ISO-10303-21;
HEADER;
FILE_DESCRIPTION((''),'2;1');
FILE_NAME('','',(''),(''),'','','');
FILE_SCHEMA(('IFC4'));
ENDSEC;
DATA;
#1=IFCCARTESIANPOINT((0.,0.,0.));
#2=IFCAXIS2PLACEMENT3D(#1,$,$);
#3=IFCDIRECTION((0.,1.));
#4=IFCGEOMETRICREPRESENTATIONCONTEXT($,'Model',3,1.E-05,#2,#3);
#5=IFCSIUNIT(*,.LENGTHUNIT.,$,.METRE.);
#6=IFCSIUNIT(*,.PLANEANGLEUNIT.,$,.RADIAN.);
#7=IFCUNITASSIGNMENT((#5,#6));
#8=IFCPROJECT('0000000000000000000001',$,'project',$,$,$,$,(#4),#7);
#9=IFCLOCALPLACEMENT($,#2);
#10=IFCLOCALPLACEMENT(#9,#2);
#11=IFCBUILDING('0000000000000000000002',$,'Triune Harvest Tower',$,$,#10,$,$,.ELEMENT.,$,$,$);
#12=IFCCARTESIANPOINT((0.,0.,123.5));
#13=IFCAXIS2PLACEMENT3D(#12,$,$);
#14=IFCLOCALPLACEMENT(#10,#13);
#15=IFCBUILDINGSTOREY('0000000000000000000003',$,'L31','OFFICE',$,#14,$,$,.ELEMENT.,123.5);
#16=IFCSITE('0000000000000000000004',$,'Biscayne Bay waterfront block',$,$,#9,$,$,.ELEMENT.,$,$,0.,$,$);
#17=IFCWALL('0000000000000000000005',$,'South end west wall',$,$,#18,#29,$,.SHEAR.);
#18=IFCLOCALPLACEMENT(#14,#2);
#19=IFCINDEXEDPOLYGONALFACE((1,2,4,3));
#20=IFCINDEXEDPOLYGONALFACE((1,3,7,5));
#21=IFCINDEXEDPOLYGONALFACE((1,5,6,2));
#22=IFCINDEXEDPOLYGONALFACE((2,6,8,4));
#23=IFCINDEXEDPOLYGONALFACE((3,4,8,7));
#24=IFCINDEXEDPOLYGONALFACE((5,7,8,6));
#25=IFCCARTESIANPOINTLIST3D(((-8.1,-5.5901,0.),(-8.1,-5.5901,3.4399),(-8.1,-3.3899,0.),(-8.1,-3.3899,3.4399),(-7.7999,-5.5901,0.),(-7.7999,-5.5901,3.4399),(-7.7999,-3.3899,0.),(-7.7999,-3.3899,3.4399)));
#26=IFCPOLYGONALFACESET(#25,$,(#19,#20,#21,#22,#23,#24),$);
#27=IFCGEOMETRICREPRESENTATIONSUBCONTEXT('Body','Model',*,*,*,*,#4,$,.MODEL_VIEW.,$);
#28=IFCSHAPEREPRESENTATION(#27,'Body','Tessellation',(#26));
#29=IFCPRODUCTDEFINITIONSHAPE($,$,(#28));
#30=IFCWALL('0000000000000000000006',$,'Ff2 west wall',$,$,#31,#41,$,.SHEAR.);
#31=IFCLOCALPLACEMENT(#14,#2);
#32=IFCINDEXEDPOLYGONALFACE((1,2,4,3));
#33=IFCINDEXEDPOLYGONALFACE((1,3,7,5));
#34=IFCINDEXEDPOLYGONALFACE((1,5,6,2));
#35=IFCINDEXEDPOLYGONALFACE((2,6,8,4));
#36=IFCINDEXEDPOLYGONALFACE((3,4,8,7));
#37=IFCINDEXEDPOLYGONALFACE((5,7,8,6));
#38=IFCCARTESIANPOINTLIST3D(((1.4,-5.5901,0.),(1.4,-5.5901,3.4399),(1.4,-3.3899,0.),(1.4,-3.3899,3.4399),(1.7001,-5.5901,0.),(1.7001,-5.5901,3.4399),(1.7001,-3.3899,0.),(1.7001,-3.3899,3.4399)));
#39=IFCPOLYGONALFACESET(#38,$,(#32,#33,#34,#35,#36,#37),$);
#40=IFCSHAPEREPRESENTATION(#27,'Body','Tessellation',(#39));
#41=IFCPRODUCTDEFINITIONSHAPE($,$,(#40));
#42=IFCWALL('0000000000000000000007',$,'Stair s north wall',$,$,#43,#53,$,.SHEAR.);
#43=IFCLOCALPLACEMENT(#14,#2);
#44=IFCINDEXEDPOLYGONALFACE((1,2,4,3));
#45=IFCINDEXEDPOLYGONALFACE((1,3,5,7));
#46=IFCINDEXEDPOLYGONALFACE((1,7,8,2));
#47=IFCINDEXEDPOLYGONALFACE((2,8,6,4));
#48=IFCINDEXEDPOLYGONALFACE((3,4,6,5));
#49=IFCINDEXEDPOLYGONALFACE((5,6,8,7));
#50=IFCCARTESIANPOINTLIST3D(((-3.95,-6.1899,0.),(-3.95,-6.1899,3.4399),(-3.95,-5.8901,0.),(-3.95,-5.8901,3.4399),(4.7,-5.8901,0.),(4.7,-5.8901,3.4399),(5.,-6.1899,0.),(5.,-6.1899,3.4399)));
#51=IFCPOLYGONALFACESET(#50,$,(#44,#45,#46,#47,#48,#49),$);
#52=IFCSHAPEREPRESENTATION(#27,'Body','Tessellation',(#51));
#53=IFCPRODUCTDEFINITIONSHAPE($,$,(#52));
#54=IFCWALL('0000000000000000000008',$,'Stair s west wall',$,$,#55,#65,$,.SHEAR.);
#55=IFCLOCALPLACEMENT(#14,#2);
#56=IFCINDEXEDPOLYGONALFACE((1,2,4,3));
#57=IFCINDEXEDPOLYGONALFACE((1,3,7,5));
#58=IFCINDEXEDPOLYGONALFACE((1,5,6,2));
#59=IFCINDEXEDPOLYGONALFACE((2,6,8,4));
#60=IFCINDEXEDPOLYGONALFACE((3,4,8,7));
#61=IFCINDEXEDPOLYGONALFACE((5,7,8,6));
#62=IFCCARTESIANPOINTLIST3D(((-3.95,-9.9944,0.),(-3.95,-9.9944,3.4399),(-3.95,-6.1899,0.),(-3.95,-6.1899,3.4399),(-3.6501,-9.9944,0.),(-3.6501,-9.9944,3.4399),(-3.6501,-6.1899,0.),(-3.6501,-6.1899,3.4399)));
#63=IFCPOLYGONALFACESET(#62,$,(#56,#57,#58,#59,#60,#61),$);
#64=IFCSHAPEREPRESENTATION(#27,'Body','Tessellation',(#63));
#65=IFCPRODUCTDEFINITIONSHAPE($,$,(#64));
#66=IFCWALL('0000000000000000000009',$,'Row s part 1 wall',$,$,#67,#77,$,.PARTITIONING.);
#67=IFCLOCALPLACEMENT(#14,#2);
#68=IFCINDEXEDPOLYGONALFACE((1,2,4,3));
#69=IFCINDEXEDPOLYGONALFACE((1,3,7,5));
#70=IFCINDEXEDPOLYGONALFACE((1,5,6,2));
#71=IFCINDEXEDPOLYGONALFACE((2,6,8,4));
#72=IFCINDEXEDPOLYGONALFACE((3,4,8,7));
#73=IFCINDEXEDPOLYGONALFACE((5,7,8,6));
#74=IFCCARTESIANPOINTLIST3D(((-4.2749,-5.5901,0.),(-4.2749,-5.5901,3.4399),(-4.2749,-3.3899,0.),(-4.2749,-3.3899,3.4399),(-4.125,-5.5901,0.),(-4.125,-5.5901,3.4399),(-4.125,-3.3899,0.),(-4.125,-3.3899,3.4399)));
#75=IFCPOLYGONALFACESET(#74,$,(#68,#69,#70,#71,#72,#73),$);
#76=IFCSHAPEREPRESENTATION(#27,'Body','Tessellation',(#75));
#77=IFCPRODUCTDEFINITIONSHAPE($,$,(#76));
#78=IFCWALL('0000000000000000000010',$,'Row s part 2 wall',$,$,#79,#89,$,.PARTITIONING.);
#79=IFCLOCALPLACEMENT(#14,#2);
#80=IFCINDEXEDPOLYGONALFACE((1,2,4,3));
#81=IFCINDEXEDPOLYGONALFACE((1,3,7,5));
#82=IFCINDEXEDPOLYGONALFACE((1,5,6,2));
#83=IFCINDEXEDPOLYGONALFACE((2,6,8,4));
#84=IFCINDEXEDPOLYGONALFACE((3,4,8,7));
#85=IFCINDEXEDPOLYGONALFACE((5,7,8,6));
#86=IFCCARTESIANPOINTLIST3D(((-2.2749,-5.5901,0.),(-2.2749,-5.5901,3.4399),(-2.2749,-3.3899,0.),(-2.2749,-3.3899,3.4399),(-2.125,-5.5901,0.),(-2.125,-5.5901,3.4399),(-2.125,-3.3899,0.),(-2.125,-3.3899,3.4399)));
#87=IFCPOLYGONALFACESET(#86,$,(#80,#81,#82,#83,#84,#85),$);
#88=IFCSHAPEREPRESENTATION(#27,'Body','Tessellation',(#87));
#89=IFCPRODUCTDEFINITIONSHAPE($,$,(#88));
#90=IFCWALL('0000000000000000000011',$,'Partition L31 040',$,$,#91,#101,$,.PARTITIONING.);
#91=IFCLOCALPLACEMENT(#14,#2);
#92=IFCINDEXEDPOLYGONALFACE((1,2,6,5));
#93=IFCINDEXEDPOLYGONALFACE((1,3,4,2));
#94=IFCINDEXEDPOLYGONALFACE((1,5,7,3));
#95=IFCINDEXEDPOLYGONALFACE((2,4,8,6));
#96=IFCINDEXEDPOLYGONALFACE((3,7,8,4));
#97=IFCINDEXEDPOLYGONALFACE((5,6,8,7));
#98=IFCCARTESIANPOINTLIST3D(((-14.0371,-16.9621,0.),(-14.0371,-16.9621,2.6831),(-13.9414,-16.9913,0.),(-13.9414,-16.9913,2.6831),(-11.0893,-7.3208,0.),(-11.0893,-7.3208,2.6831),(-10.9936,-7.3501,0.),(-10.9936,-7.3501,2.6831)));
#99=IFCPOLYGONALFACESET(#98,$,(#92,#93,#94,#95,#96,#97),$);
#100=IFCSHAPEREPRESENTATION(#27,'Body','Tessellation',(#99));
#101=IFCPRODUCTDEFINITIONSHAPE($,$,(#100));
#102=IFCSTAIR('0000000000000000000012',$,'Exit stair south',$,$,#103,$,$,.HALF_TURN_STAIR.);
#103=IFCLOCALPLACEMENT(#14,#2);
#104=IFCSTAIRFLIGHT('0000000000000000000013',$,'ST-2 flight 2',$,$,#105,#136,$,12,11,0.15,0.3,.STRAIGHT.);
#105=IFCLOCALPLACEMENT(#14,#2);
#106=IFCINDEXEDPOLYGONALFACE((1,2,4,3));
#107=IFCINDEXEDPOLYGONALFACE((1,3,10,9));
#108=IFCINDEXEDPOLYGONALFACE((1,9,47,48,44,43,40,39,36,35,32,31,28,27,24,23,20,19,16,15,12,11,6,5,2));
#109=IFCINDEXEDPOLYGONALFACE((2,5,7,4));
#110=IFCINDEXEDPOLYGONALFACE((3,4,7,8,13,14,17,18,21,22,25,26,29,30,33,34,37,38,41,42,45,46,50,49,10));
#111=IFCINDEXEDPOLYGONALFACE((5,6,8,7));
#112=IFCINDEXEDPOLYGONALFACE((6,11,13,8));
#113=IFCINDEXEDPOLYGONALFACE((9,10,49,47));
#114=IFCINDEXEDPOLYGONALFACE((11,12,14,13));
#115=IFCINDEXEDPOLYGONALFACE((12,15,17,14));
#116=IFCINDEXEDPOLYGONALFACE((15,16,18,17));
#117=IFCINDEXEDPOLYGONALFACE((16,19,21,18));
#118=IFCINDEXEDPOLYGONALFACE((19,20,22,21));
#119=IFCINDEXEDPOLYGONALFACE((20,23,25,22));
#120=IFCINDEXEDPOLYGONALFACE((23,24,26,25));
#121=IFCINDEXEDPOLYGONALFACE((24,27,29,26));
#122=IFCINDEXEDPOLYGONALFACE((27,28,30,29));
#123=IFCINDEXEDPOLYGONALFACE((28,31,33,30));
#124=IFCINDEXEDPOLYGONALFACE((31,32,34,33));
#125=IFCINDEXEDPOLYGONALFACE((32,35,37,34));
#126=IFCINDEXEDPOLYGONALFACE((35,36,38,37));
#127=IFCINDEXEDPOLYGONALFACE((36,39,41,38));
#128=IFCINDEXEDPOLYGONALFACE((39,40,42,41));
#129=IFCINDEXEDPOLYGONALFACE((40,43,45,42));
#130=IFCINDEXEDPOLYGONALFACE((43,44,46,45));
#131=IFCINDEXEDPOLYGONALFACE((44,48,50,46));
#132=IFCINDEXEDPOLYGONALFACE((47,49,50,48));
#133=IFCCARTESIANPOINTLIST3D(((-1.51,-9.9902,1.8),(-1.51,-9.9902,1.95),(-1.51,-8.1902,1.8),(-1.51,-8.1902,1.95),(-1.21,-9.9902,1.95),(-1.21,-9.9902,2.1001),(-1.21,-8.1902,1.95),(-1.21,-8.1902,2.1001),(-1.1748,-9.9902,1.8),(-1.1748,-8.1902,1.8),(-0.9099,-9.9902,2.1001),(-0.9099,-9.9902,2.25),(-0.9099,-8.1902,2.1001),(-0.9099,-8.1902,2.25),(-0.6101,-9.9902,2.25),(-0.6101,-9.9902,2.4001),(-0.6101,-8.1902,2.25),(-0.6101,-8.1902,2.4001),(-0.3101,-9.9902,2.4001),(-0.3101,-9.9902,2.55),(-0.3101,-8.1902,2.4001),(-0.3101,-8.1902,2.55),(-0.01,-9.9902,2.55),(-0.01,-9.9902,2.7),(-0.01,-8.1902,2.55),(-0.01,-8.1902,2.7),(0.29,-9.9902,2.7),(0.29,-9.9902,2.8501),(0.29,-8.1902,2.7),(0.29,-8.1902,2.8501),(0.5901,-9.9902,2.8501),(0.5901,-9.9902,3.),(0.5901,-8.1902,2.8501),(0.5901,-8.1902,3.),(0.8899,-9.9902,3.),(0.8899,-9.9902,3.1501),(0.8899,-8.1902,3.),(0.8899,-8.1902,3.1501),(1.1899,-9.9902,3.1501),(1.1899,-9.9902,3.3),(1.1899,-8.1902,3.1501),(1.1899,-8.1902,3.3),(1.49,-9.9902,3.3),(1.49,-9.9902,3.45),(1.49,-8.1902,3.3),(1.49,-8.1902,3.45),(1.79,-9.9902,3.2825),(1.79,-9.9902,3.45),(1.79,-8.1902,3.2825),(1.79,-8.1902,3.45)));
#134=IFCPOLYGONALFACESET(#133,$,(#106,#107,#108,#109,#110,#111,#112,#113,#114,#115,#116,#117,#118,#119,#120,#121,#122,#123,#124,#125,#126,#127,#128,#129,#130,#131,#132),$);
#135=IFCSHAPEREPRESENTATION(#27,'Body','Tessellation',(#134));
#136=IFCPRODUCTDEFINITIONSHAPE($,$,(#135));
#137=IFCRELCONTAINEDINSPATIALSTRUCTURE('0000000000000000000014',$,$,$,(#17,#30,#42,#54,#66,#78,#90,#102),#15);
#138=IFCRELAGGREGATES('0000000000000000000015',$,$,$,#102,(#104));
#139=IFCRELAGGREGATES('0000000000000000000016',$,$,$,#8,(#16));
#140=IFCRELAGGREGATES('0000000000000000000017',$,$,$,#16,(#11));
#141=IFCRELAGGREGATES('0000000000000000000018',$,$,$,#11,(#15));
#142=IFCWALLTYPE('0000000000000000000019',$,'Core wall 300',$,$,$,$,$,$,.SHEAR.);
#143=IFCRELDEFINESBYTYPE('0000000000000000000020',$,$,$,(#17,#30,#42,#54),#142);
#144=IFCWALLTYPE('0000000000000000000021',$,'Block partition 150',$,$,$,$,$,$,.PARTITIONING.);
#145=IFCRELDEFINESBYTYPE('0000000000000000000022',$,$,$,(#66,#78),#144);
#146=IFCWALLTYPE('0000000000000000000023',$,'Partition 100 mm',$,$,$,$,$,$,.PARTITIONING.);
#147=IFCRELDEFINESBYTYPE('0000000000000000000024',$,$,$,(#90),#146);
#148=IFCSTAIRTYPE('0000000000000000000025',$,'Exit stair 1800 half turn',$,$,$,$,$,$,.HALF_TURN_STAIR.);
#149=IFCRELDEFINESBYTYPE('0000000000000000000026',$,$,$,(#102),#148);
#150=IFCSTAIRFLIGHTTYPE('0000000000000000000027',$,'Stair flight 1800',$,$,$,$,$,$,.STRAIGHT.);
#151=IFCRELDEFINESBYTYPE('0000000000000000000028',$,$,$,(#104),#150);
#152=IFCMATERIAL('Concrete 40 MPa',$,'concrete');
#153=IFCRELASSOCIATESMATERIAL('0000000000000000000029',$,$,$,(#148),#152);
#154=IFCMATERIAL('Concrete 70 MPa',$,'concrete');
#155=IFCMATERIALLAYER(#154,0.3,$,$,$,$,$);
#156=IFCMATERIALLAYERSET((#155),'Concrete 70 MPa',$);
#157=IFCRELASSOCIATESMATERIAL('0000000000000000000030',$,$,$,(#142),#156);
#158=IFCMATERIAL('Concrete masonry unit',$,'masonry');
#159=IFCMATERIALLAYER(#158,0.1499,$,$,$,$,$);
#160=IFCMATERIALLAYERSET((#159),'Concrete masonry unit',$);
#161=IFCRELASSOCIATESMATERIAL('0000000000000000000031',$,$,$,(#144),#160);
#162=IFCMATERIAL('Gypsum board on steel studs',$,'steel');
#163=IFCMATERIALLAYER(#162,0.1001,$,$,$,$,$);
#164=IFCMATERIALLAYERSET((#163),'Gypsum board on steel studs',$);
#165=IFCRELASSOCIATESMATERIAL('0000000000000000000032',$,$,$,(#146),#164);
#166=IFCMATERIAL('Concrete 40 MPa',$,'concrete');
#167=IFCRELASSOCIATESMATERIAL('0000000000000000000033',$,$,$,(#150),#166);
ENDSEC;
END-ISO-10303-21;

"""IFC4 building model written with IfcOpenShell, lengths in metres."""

from ifc_helpers import new_model, si_unit, direction, frame, frame_2d, origin, place, context, subcontext, project, spatial, polyline, rectangle, outline, extrude, source, transform, mapped, material, layer, layer_set, type_object, element, aggregate, save


model = new_model("IFC4")

# Units and contexts
model_context = context("Model", 3, precision=1e-05, world=origin(), true_north=direction((0.0, 1.0)))
body_context = subcontext(model_context, "Body", "Model", "MODEL_VIEW")
ifc_project = project(units=[si_unit("LENGTHUNIT", "METRE"), si_unit("PLANEANGLEUNIT", "RADIAN")], contexts=[model_context])

# Site, building, storey
site_placement = place(None, origin())
site = spatial("IfcSite", under=ifc_project, at=site_placement, Name="Biscayne Bay waterfront block", CompositionType="ELEMENT", RefElevation=0.0)
building_placement = place(site_placement, origin())
building = spatial("IfcBuilding", under=site, at=building_placement, Name="Triune Harvest Tower", CompositionType="ELEMENT")
storey_placement = place(building_placement, frame((0.0, 0.0, 123.5)))
storey = spatial("IfcBuildingStorey", under=building, at=storey_placement, Name="L31", Description="OFFICE", CompositionType="ELEMENT", Elevation=123.5)

# Shared definitions
ifc_material_1 = material(Name="Concrete 40 MPa", Category="concrete")
stair_type = type_object("IfcStairType", Name="Exit stair 1800 half turn", PredefinedType="HALF_TURN_STAIR", material=ifc_material_1)

# Shared definitions
ifc_material_2 = material(Name="Concrete 70 MPa", Category="concrete")
ifc_layer_1 = layer(ifc_material_2, 0.3)
ifc_layer_set_1 = layer_set([ifc_layer_1], Name="Concrete 70 MPa")
wall_type_1 = type_object("IfcWallType", Name="Core wall 300", PredefinedType="SHEAR", material=ifc_layer_set_1)

# Walls
shared_shape_1 = source(origin(), body_context, "Body", "SweptSolid", [
    extrude(rectangle(XDim=2.2002, YDim=0.3, at=frame_2d((1.1001, 0.0))), origin(), (0.0, 0.0, 1.0), 3.4399),
])
for number, where, z_axis, x_axis, name in (
    (1, (-7.95, -5.5901, 0.0), (0.0, 0.0, 1.0), (0.0, 1.0, 0.0), "South end west wall"),
    (2, (1.55, -5.5901, 0.0), (0.0, 0.0, 1.0), (0.0, 1.0, 0.0), "Ff2 west wall"),
):
    element("IfcWall", number, at=place(storey_placement, frame(where, z_axis=z_axis, x_axis=x_axis)), inside=storey, type_object=wall_type_1, Name=name, PredefinedType="SHEAR", context=body_context, shape_type="MappedRepresentation", body=[
        mapped(shared_shape_1, transform((0.0, 0.0, 0.0), scale=1.0)),
    ])
shared_shape_2 = source(origin(), body_context, "Body", "SweptSolid", [
    extrude(outline(polyline([(0.0, -0.1499), (8.95, -0.1499), (8.6499, 0.1499), (0.0, 0.1499), (0.0, -0.1499)])), origin(), (0.0, 0.0, 1.0), 3.4399),
])
wall_1_placement = place(storey_placement, frame((-3.95, -6.04, 0.0), z_axis=(0.0, 0.0, 1.0), x_axis=(1.0, 0.0, 0.0)))
element("IfcWall", 3, at=wall_1_placement, inside=storey, type_object=wall_type_1, Name="Stair s north wall", PredefinedType="SHEAR", context=body_context, shape_type="MappedRepresentation", body=[
    mapped(shared_shape_2, transform((0.0, 0.0, 0.0), scale=1.0)),
])
shared_shape_3 = source(origin(), body_context, "Body", "SweptSolid", [
    extrude(outline(polyline([(3.8, -0.1499), (-0.0044, -0.1499), (-0.0044, 0.1499), (3.8, 0.1499), (3.8, -0.1499)])), origin(), (0.0, 0.0, 1.0), 3.4399),
])
wall_2_placement = place(storey_placement, frame((-3.8, -9.99, 0.0), z_axis=(0.0, 0.0, 1.0), x_axis=(0.0, 1.0, 0.0)))
element("IfcWall", 4, at=wall_2_placement, inside=storey, type_object=wall_type_1, Name="Stair s west wall", PredefinedType="SHEAR", context=body_context, shape_type="MappedRepresentation", body=[
    mapped(shared_shape_3, transform((0.0, 0.0, 0.0), scale=1.0)),
])
ifc_material_3 = material(Name="Concrete masonry unit", Category="masonry")
ifc_layer_2 = layer(ifc_material_3, 0.1499)
ifc_layer_set_2 = layer_set([ifc_layer_2], Name="Concrete masonry unit")
wall_type_2 = type_object("IfcWallType", Name="Block partition 150", PredefinedType="PARTITIONING", material=ifc_layer_set_2)
shared_shape_4 = source(origin(), body_context, "Body", "SweptSolid", [
    extrude(rectangle(XDim=2.2002, YDim=0.1499, at=frame_2d((1.1001, 0.0))), origin(), (0.0, 0.0, 1.0), 3.4399),
])
for number, where, z_axis, x_axis, name in (
    (5, (-4.2, -5.5901, 0.0), (0.0, 0.0, 1.0), (0.0, 1.0, 0.0), "Row s part 1 wall"),
    (6, (-2.2, -5.5901, 0.0), (0.0, 0.0, 1.0), (0.0, 1.0, 0.0), "Row s part 2 wall"),
):
    element("IfcWall", number, at=place(storey_placement, frame(where, z_axis=z_axis, x_axis=x_axis)), inside=storey, type_object=wall_type_2, Name=name, PredefinedType="PARTITIONING", context=body_context, shape_type="MappedRepresentation", body=[
        mapped(shared_shape_4, transform((0.0, 0.0, 0.0), scale=1.0)),
    ])
ifc_material_4 = material(Name="Gypsum board on steel studs", Category="steel")
ifc_layer_3 = layer(ifc_material_4, 0.1001)
ifc_layer_set_3 = layer_set([ifc_layer_3], Name="Gypsum board on steel studs")
wall_type_3 = type_object("IfcWallType", Name="Partition 100 mm", PredefinedType="PARTITIONING", material=ifc_layer_set_3)
shared_shape_5 = source(origin(), body_context, "Body", "SweptSolid", [
    extrude(rectangle(XDim=10.0818, YDim=0.1001, at=frame_2d((5.041, 0.0))), origin(), (0.0, 0.0, 1.0), 2.6831),
])
wall_3_placement = place(storey_placement, frame((-13.9893, -16.9768, 0.0), z_axis=(0.0, 0.0, 1.0), x_axis=(0.292387, 0.9563, 0.0)))
element("IfcWall", 7, at=wall_3_placement, inside=storey, type_object=wall_type_3, Name="Partition L31 040", PredefinedType="PARTITIONING", context=body_context, shape_type="MappedRepresentation", body=[
    mapped(shared_shape_5, transform((0.0, 0.0, 0.0), scale=1.0)),
])

# Stair, stair flight
stair_1_placement = place(storey_placement, origin())
stair_1 = element("IfcStair", 8, at=stair_1_placement, inside=storey, type_object=stair_type, Name="Exit stair south", PredefinedType="HALF_TURN_STAIR")
ifc_material_5 = material(Name="Concrete 40 MPa", Category="concrete")
stair_flight_type = type_object("IfcStairFlightType", Name="Stair flight 1800", PredefinedType="STRAIGHT", material=ifc_material_5)
shared_shape_6 = source(origin(), body_context, "Body", "SweptSolid", [
    extrude(outline(polyline([(0.0, 0.0), (0.0, 0.1499), (0.3, 0.1499), (0.3, 0.3), (0.6001, 0.3), (0.6001, 0.45), (0.8999, 0.45), (0.8999, 0.6001), (1.2, 0.6001), (1.2, 0.75), (1.5, 0.75), (1.5, 0.8999), (1.8, 0.8999), (1.8, 1.05), (2.1001, 1.05), (2.1001, 1.2), (2.3999, 1.2), (2.3999, 1.3501), (2.7, 1.3501), (2.7, 1.5), (3.0, 1.5), (3.0, 1.6499), (3.3, 1.6499), (3.3, 1.8), (3.3, 1.4824), (0.3352, 0.0), (0.0, 0.0)])), frame((0.0, 0.8999, 0.0), z_axis=(0.0, -1.0, 0.0), x_axis=(1.0, 0.0, 0.0)), (0.0, 0.0, 1.0), 1.8),
])
stair_flight_placement = place(storey_placement, frame((-1.51, -9.0901, 1.8), z_axis=(0.0, 0.0, 1.0), x_axis=(1.0, 0.0, 0.0)))
stair_flight = element("IfcStairFlight", 9, at=stair_flight_placement, type_object=stair_flight_type, Name="ST-2 flight 2", NumberOfRisers=12, NumberOfTreads=11, PredefinedType="STRAIGHT", RiserHeight=0.15, TreadLength=0.3, context=body_context, shape_type="MappedRepresentation", body=[
    mapped(shared_shape_6, transform((0.0, 0.0, 0.0), scale=1.0)),
])
aggregate(stair_1, [stair_flight])

save(model, "model.ifc")
